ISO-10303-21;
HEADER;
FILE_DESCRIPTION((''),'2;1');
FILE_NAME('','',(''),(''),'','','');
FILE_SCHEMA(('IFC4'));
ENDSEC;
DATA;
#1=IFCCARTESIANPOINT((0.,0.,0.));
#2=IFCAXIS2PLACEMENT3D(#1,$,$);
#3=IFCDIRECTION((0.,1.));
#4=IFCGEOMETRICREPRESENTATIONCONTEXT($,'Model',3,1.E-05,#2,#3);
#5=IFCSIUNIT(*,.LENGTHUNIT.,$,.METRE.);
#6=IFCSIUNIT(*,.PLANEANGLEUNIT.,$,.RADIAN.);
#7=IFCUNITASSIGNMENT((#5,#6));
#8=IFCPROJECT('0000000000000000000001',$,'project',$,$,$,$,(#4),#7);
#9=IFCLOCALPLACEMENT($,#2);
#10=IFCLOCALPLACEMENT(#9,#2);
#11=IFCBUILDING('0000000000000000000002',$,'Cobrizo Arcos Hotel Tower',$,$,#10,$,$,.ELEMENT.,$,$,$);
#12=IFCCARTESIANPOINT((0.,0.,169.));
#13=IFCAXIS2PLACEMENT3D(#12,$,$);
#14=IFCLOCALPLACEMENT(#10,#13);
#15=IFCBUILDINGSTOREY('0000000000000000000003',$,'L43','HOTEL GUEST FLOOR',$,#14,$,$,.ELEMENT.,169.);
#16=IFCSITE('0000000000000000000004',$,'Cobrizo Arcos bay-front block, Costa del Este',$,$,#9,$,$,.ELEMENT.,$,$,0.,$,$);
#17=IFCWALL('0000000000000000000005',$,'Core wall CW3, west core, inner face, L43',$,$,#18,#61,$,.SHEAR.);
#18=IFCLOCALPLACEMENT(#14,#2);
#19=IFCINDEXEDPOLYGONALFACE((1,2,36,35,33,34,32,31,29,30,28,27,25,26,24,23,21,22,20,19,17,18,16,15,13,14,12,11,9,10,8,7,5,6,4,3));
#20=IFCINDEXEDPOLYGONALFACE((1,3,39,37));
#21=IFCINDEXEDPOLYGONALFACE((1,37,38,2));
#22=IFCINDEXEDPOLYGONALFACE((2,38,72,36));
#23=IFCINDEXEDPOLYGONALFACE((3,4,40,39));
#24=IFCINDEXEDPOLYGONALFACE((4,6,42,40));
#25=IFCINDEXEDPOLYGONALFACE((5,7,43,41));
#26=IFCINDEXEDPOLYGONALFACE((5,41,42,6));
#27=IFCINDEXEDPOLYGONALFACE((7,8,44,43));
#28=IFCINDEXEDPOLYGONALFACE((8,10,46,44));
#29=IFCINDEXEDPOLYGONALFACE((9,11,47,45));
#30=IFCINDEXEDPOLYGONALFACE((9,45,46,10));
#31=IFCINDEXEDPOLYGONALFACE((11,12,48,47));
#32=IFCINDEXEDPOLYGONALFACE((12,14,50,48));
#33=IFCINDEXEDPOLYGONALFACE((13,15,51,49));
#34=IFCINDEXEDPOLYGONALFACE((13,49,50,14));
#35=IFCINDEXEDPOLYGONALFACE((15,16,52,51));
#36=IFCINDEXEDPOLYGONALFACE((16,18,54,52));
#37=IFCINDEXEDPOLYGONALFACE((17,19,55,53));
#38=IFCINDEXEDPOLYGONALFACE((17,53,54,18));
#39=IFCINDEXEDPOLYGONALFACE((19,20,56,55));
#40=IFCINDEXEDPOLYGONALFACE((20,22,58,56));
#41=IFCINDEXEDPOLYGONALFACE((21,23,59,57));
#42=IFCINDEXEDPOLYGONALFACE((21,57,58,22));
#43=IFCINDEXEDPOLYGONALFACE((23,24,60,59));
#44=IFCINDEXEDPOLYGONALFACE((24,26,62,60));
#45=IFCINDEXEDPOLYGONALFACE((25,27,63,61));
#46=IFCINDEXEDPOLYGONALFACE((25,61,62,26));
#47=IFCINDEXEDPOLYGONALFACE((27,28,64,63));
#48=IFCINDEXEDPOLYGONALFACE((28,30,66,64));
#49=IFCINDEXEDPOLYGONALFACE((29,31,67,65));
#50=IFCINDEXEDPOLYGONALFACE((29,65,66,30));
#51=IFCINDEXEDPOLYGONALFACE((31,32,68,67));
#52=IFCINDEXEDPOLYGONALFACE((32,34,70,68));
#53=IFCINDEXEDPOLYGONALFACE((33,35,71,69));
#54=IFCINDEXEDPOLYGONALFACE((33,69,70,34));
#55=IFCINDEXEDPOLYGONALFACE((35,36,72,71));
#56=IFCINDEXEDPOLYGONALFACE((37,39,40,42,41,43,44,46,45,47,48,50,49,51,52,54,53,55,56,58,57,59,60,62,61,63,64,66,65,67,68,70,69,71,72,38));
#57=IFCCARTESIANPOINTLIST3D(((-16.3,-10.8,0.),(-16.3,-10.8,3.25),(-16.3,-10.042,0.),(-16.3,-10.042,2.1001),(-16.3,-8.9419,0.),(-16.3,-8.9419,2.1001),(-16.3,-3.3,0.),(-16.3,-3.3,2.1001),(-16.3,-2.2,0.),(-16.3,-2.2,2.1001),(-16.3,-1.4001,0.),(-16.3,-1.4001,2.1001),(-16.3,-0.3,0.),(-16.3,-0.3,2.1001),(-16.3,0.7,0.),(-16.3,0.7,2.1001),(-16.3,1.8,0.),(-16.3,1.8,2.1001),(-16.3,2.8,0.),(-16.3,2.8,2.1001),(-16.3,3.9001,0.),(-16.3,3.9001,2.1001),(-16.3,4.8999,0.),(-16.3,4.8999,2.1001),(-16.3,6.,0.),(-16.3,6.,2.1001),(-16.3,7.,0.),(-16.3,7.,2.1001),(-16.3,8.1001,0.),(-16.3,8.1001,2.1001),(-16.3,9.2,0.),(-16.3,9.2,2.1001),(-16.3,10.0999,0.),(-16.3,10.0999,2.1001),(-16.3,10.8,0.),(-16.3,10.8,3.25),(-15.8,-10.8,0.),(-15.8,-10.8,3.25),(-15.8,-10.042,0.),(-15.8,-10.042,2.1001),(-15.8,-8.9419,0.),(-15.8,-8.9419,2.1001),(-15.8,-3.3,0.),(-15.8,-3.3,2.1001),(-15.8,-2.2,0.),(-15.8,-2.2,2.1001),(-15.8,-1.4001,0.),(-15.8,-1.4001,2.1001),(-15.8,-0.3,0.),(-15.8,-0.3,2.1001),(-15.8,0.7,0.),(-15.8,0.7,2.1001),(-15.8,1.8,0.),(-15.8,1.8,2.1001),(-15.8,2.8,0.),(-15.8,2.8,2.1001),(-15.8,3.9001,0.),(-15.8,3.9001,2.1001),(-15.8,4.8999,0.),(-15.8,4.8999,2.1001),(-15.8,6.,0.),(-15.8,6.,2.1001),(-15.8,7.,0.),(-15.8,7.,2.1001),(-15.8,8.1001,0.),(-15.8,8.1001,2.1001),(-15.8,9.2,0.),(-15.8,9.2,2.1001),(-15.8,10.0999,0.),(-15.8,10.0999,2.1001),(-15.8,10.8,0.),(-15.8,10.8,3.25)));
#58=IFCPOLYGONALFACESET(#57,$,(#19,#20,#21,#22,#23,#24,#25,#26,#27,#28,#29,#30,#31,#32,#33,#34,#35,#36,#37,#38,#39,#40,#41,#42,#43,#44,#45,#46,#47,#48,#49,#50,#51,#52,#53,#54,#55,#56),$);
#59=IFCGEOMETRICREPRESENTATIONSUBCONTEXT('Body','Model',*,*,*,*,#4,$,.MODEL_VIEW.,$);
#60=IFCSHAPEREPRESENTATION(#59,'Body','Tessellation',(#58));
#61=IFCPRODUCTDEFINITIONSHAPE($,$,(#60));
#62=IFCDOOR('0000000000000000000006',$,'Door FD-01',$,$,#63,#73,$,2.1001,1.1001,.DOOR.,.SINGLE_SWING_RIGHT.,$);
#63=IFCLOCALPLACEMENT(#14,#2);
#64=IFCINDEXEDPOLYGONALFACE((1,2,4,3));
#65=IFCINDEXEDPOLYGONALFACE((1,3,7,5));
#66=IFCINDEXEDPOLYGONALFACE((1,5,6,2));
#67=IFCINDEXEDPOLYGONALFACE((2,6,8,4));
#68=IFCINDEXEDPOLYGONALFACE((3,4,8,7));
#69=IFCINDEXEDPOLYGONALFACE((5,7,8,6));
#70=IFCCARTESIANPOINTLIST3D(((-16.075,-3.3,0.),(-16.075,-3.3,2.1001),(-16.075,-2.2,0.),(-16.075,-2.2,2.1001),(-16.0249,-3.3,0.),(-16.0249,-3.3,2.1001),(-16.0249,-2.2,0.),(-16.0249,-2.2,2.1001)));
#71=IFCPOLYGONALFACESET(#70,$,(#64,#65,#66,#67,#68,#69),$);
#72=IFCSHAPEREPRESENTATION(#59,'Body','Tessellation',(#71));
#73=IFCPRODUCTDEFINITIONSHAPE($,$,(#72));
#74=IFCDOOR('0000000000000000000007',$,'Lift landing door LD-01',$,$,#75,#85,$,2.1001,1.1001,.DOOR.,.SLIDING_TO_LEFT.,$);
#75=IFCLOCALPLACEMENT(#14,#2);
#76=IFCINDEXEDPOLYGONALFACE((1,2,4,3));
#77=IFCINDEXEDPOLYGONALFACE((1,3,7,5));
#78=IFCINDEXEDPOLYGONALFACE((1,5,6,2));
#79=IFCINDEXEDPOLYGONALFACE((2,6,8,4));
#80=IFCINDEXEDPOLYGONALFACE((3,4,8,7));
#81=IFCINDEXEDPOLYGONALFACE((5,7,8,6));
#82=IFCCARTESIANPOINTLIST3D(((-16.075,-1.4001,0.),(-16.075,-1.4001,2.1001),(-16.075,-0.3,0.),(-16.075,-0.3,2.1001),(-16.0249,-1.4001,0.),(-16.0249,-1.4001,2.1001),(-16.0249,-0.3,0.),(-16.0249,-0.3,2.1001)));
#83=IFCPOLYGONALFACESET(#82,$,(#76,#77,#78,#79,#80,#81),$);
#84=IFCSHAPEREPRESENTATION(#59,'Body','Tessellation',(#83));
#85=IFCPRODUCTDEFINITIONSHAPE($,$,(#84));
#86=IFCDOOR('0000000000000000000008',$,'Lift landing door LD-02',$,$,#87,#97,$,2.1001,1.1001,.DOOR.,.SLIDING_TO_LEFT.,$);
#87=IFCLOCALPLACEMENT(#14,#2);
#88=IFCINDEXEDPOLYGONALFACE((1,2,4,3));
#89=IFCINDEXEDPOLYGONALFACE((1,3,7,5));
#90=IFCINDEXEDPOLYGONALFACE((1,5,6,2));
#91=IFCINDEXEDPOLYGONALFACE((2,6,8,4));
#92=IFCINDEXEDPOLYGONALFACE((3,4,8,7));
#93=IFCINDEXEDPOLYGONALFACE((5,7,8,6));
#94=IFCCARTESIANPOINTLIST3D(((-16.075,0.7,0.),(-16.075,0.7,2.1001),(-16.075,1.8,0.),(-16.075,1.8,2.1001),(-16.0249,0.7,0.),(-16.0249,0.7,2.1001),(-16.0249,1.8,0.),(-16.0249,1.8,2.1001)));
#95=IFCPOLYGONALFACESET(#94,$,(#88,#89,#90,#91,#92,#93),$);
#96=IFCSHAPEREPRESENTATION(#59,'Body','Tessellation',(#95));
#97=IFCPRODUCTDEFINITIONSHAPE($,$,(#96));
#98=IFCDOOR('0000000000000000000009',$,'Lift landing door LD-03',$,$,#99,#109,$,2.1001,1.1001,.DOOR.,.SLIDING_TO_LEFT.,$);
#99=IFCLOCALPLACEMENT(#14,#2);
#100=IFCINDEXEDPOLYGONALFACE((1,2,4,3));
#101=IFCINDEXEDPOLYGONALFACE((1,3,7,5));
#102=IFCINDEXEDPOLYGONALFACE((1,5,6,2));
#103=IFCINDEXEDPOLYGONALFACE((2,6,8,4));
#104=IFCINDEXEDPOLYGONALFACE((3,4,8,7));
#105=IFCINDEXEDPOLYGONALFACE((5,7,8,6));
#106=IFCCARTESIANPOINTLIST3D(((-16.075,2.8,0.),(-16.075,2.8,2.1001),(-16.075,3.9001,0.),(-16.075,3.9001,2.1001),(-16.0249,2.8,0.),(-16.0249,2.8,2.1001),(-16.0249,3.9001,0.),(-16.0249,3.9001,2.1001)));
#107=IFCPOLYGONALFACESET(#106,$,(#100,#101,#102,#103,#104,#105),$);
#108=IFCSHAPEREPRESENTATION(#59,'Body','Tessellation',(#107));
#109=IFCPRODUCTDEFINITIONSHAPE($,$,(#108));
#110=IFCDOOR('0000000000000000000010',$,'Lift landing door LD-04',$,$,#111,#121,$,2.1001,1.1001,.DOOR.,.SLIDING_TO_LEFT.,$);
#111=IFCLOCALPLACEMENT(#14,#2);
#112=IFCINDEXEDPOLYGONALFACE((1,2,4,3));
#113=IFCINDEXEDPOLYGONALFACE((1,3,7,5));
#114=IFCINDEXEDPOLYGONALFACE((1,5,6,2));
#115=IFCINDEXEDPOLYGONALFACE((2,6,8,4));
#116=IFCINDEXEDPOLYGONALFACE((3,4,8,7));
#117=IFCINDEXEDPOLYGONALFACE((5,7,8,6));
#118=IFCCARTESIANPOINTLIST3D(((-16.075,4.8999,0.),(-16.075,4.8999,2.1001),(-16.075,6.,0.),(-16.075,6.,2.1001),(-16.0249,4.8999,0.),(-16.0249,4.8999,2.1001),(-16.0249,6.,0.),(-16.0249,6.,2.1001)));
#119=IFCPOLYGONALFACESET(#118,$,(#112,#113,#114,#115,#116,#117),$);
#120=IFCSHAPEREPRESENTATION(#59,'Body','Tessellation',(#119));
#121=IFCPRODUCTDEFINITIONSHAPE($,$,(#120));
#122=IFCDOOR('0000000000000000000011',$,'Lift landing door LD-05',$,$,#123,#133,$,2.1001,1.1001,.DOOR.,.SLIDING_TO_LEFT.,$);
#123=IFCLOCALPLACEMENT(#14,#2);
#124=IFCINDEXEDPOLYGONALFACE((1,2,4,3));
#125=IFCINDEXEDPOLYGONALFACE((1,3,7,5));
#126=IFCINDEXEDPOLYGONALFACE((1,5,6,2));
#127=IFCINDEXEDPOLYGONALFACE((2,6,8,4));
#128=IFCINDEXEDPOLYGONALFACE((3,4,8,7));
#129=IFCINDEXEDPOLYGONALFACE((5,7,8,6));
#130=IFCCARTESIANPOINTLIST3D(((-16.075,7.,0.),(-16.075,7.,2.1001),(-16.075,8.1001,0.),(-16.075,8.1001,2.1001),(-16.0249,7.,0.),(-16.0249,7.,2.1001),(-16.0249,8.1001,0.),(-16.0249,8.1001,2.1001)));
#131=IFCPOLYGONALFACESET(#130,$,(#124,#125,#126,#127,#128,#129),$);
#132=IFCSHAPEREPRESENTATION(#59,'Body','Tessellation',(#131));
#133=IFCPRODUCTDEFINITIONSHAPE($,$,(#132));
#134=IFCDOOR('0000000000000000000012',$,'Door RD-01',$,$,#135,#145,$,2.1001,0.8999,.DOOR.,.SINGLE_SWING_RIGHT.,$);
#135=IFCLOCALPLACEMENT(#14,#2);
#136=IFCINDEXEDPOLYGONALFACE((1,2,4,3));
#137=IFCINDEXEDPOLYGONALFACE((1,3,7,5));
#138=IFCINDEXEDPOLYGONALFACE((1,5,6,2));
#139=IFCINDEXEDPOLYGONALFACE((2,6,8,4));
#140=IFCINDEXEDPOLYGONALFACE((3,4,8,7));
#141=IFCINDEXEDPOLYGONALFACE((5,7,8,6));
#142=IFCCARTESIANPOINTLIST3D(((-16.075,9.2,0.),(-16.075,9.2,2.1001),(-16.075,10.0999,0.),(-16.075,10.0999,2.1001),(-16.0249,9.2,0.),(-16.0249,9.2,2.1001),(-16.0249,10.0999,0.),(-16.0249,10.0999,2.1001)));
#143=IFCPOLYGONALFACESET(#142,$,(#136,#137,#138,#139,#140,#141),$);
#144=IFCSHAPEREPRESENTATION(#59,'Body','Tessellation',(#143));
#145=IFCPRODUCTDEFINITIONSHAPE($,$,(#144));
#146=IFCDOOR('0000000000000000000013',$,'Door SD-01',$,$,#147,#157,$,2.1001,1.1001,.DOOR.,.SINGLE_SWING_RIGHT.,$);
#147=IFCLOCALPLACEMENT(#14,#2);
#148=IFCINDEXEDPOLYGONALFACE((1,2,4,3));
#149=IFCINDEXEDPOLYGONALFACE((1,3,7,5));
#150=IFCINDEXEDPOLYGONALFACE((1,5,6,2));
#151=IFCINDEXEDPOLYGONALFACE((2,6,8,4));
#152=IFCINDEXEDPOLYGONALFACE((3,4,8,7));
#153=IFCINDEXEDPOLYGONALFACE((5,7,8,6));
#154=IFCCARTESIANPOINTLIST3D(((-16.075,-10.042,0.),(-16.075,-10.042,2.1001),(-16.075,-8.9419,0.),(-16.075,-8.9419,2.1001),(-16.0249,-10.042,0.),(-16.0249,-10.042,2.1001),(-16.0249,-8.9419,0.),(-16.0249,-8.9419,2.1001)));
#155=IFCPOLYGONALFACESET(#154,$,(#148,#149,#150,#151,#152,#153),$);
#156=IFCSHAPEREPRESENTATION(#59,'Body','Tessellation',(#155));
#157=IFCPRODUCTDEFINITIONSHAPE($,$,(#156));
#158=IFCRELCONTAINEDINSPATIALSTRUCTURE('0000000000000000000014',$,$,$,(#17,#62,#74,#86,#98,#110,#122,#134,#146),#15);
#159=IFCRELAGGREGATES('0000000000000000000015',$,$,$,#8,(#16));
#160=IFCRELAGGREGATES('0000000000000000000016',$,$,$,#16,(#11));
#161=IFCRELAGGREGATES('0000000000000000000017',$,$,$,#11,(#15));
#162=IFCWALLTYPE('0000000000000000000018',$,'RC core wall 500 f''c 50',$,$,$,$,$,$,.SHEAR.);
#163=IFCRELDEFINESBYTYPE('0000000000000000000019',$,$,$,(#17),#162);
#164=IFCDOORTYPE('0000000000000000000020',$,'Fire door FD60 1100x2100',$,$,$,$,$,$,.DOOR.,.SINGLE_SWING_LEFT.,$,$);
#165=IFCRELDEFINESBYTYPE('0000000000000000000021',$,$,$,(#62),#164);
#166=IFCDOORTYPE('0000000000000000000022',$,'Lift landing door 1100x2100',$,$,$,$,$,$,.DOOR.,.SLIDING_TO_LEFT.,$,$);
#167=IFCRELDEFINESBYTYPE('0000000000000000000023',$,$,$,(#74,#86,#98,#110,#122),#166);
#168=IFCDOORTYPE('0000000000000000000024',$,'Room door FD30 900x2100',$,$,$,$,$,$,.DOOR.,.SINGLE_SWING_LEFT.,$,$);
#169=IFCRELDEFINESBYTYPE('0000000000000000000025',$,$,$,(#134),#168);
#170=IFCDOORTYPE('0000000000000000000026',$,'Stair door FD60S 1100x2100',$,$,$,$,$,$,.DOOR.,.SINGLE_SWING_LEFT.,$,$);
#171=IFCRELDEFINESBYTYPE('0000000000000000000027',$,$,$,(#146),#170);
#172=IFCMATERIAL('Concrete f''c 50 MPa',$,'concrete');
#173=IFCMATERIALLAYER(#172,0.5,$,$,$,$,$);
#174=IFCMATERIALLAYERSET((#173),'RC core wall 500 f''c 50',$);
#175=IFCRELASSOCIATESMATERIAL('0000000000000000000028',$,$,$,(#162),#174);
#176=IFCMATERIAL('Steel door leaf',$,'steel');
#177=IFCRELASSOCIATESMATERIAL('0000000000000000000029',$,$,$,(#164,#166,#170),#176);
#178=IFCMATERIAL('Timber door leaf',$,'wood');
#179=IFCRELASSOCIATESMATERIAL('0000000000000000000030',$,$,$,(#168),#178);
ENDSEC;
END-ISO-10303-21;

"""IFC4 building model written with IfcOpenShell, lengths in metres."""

from ifc_helpers import new_model, si_unit, direction, frame, frame_2d, origin, place, context, subcontext, project, spatial, rectangle, extrude, material, layer, layer_set, type_object, element, fill, save


model = new_model("IFC4")

# Units and contexts
model_context = context("Model", 3, precision=1e-05, world=origin(), true_north=direction((0.0, 1.0)))
body_context = subcontext(model_context, "Body", "Model", "MODEL_VIEW")
ifc_project = project(units=[si_unit("LENGTHUNIT", "METRE"), si_unit("PLANEANGLEUNIT", "RADIAN")], contexts=[model_context])

# Site, building, storey
site_placement = place(None, origin())
site = spatial("IfcSite", under=ifc_project, at=site_placement, Name="Cobrizo Arcos bay-front block, Costa del Este", CompositionType="ELEMENT", RefElevation=0.0)
building_placement = place(site_placement, origin())
building = spatial("IfcBuilding", under=site, at=building_placement, Name="Cobrizo Arcos Hotel Tower", CompositionType="ELEMENT")
storey_placement = place(building_placement, frame((0.0, 0.0, 169.0)))
storey = spatial("IfcBuildingStorey", under=building, at=storey_placement, Name="L43", Description="HOTEL GUEST FLOOR", CompositionType="ELEMENT", Elevation=169.0)

# Shared definitions
ifc_material_1 = material(Name="Timber door leaf", Category="wood")

# Wall, openings, doors
ifc_material_2 = material(Name="Concrete f'c 50 MPa", Category="concrete")
ifc_layer_1 = layer(ifc_material_2, 0.5)
ifc_layer_set_1 = layer_set([ifc_layer_1], Name="RC core wall 500 f'c 50")
wall_type_1 = type_object("IfcWallType", Name="RC core wall 500 f'c 50", PredefinedType="SHEAR", material=ifc_layer_set_1)
wall_1_placement = place(storey_placement, frame((-16.05, -10.8, 0.0), z_axis=(0.0, 0.0, 1.0), x_axis=(0.0, 1.0, 0.0)))
wall_1 = element("IfcWall", 1, at=wall_1_placement, inside=storey, type_object=wall_type_1, Name="Core wall CW3, west core, inner face, L43", PredefinedType="SHEAR", context=body_context, shape_type="SweptSolid", body=[
    extrude(rectangle(XDim=21.6001, YDim=0.5, at=frame_2d((10.8, 0.0))), origin(), (0.0, 0.0, 1.0), 3.25),
])
opening_1_placement = place(wall_1_placement, frame((9.3999, 0.0, 0.0)))
opening_1 = element("IfcOpeningElement", 2, at=opening_1_placement, cuts=wall_1, PredefinedType="OPENING", context=body_context, shape_type="SweptSolid", body=[
    extrude(rectangle(XDim=1.1001, YDim=2.1001, at=frame_2d((0.55, 1.05))), frame((0.0, 0.262, 0.0), z_axis=(0.0, -1.0, 0.0), x_axis=(1.0, 0.0, 0.0)), (0.0, 0.0, 1.0), 0.5239),
])
opening_2_placement = place(wall_1_placement, frame((11.5, 0.0, 0.0)))
opening_2 = element("IfcOpeningElement", 3, at=opening_2_placement, cuts=wall_1, PredefinedType="OPENING", context=body_context, shape_type="SweptSolid", body=[
    extrude(rectangle(XDim=1.1001, YDim=2.1001, at=frame_2d((0.55, 1.05))), frame((0.0, 0.262, 0.0), z_axis=(0.0, -1.0, 0.0), x_axis=(1.0, 0.0, 0.0)), (0.0, 0.0, 1.0), 0.5239),
])
opening_3_placement = place(wall_1_placement, frame((13.6001, 0.0, 0.0)))
opening_3 = element("IfcOpeningElement", 4, at=opening_3_placement, cuts=wall_1, PredefinedType="OPENING", context=body_context, shape_type="SweptSolid", body=[
    extrude(rectangle(XDim=1.1001, YDim=2.1001, at=frame_2d((0.55, 1.05))), frame((0.0, 0.262, 0.0), z_axis=(0.0, -1.0, 0.0), x_axis=(1.0, 0.0, 0.0)), (0.0, 0.0, 1.0), 0.5239),
])
opening_4_placement = place(wall_1_placement, frame((15.7, 0.0, 0.0)))
opening_4 = element("IfcOpeningElement", 5, at=opening_4_placement, cuts=wall_1, PredefinedType="OPENING", context=body_context, shape_type="SweptSolid", body=[
    extrude(rectangle(XDim=1.1001, YDim=2.1001, at=frame_2d((0.55, 1.05))), frame((0.0, 0.262, 0.0), z_axis=(0.0, -1.0, 0.0), x_axis=(1.0, 0.0, 0.0)), (0.0, 0.0, 1.0), 0.5239),
])
opening_5_placement = place(wall_1_placement, frame((17.8, 0.0, 0.0)))
opening_5 = element("IfcOpeningElement", 6, at=opening_5_placement, cuts=wall_1, PredefinedType="OPENING", context=body_context, shape_type="SweptSolid", body=[
    extrude(rectangle(XDim=1.1001, YDim=2.1001, at=frame_2d((0.55, 1.05))), frame((0.0, 0.262, 0.0), z_axis=(0.0, -1.0, 0.0), x_axis=(1.0, 0.0, 0.0)), (0.0, 0.0, 1.0), 0.5239),
])
opening_6_placement = place(wall_1_placement, frame((0.7581, 0.0, 0.0)))
opening_6 = element("IfcOpeningElement", 7, at=opening_6_placement, cuts=wall_1, PredefinedType="OPENING", context=body_context, shape_type="SweptSolid", body=[
    extrude(rectangle(XDim=1.1001, YDim=2.1001, at=frame_2d((0.55, 1.05))), frame((0.0, 0.262, 0.0), z_axis=(0.0, -1.0, 0.0), x_axis=(1.0, 0.0, 0.0)), (0.0, 0.0, 1.0), 0.5239),
])
opening_7_placement = place(wall_1_placement, frame((7.5, 0.0, 0.0)))
opening_7 = element("IfcOpeningElement", 8, at=opening_7_placement, cuts=wall_1, PredefinedType="OPENING", context=body_context, shape_type="SweptSolid", body=[
    extrude(rectangle(XDim=1.1001, YDim=2.1001, at=frame_2d((0.55, 1.05))), frame((0.0, 0.262, 0.0), z_axis=(0.0, -1.0, 0.0), x_axis=(1.0, 0.0, 0.0)), (0.0, 0.0, 1.0), 0.5239),
])
opening_8_placement = place(wall_1_placement, frame((20.0, 0.0, 0.0)))
opening_8 = element("IfcOpeningElement", 9, at=opening_8_placement, cuts=wall_1, PredefinedType="OPENING", context=body_context, shape_type="SweptSolid", body=[
    extrude(rectangle(XDim=0.8999, YDim=2.1001, at=frame_2d((0.45, 1.05))), frame((0.0, 0.262, 0.0), z_axis=(0.0, -1.0, 0.0), x_axis=(1.0, 0.0, 0.0)), (0.0, 0.0, 1.0), 0.5239),
])
ifc_material_3 = material(Name="Steel door leaf", Category="steel")
door_type_1 = type_object("IfcDoorType", Name="Fire door FD60 1100x2100", OperationType="SINGLE_SWING_LEFT", PredefinedType="DOOR", material=ifc_material_3)
door_1_placement = place(opening_7_placement, origin())
door_1 = element("IfcDoor", 10, at=door_1_placement, inside=storey, type_object=door_type_1, Name="Door FD-01", OperationType="SINGLE_SWING_RIGHT", OverallHeight=2.1001, OverallWidth=1.1001, PredefinedType="DOOR", context=body_context, shape_type="SweptSolid", body=[
    extrude(rectangle(XDim=1.1001, YDim=2.1001, at=frame_2d((0.55, 1.05))), frame((0.0, 0.0249, 0.0), z_axis=(0.0, -1.0, 0.0), x_axis=(1.0, 0.0, 0.0)), (0.0, 0.0, 1.0), 0.05),
])
fill(opening_7, door_1)
door_type_2 = type_object("IfcDoorType", Name="Lift landing door 1100x2100", OperationType="SLIDING_TO_LEFT", PredefinedType="DOOR", material=ifc_material_3)
door_2_placement = place(opening_1_placement, origin())
door_2 = element("IfcDoor", 11, at=door_2_placement, inside=storey, type_object=door_type_2, Name="Lift landing door LD-01", OperationType="SLIDING_TO_LEFT", OverallHeight=2.1001, OverallWidth=1.1001, PredefinedType="DOOR", context=body_context, shape_type="SweptSolid", body=[
    extrude(rectangle(XDim=1.1001, YDim=2.1001, at=frame_2d((0.55, 1.05))), frame((0.0, 0.0249, 0.0), z_axis=(0.0, -1.0, 0.0), x_axis=(1.0, 0.0, 0.0)), (0.0, 0.0, 1.0), 0.05),
])
fill(opening_1, door_2)
door_3_placement = place(opening_2_placement, origin())
door_3 = element("IfcDoor", 12, at=door_3_placement, inside=storey, type_object=door_type_2, Name="Lift landing door LD-02", OperationType="SLIDING_TO_LEFT", OverallHeight=2.1001, OverallWidth=1.1001, PredefinedType="DOOR", context=body_context, shape_type="SweptSolid", body=[
    extrude(rectangle(XDim=1.1001, YDim=2.1001, at=frame_2d((0.55, 1.05))), frame((0.0, 0.0249, 0.0), z_axis=(0.0, -1.0, 0.0), x_axis=(1.0, 0.0, 0.0)), (0.0, 0.0, 1.0), 0.05),
])
fill(opening_2, door_3)
door_4_placement = place(opening_3_placement, origin())
door_4 = element("IfcDoor", 13, at=door_4_placement, inside=storey, type_object=door_type_2, Name="Lift landing door LD-03", OperationType="SLIDING_TO_LEFT", OverallHeight=2.1001, OverallWidth=1.1001, PredefinedType="DOOR", context=body_context, shape_type="SweptSolid", body=[
    extrude(rectangle(XDim=1.1001, YDim=2.1001, at=frame_2d((0.55, 1.05))), frame((0.0, 0.0249, 0.0), z_axis=(0.0, -1.0, 0.0), x_axis=(1.0, 0.0, 0.0)), (0.0, 0.0, 1.0), 0.05),
])
fill(opening_3, door_4)
door_5_placement = place(opening_4_placement, origin())
door_5 = element("IfcDoor", 14, at=door_5_placement, inside=storey, type_object=door_type_2, Name="Lift landing door LD-04", OperationType="SLIDING_TO_LEFT", OverallHeight=2.1001, OverallWidth=1.1001, PredefinedType="DOOR", context=body_context, shape_type="SweptSolid", body=[
    extrude(rectangle(XDim=1.1001, YDim=2.1001, at=frame_2d((0.55, 1.05))), frame((0.0, 0.0249, 0.0), z_axis=(0.0, -1.0, 0.0), x_axis=(1.0, 0.0, 0.0)), (0.0, 0.0, 1.0), 0.05),
])
fill(opening_4, door_5)
door_6_placement = place(opening_5_placement, origin())
door_6 = element("IfcDoor", 15, at=door_6_placement, inside=storey, type_object=door_type_2, Name="Lift landing door LD-05", OperationType="SLIDING_TO_LEFT", OverallHeight=2.1001, OverallWidth=1.1001, PredefinedType="DOOR", context=body_context, shape_type="SweptSolid", body=[
    extrude(rectangle(XDim=1.1001, YDim=2.1001, at=frame_2d((0.55, 1.05))), frame((0.0, 0.0249, 0.0), z_axis=(0.0, -1.0, 0.0), x_axis=(1.0, 0.0, 0.0)), (0.0, 0.0, 1.0), 0.05),
])
fill(opening_5, door_6)
door_type_3 = type_object("IfcDoorType", Name="Room door FD30 900x2100", OperationType="SINGLE_SWING_LEFT", PredefinedType="DOOR", material=ifc_material_1)
door_7_placement = place(opening_8_placement, origin())
door_7 = element("IfcDoor", 16, at=door_7_placement, inside=storey, type_object=door_type_3, Name="Door RD-01", OperationType="SINGLE_SWING_RIGHT", OverallHeight=2.1001, OverallWidth=0.8999, PredefinedType="DOOR", context=body_context, shape_type="SweptSolid", body=[
    extrude(rectangle(XDim=0.8999, YDim=2.1001, at=frame_2d((0.45, 1.05))), frame((0.0, 0.0249, 0.0), z_axis=(0.0, -1.0, 0.0), x_axis=(1.0, 0.0, 0.0)), (0.0, 0.0, 1.0), 0.05),
])
fill(opening_8, door_7)
door_type_4 = type_object("IfcDoorType", Name="Stair door FD60S 1100x2100", OperationType="SINGLE_SWING_LEFT", PredefinedType="DOOR", material=ifc_material_3)
door_8_placement = place(opening_6_placement, origin())
door_8 = element("IfcDoor", 17, at=door_8_placement, inside=storey, type_object=door_type_4, Name="Door SD-01", OperationType="SINGLE_SWING_RIGHT", OverallHeight=2.1001, OverallWidth=1.1001, PredefinedType="DOOR", context=body_context, shape_type="SweptSolid", body=[
    extrude(rectangle(XDim=1.1001, YDim=2.1001, at=frame_2d((0.55, 1.05))), frame((0.0, 0.0249, 0.0), z_axis=(0.0, -1.0, 0.0), x_axis=(1.0, 0.0, 0.0)), (0.0, 0.0, 1.0), 0.05),
])
fill(opening_6, door_8)

save(model, "model.ifc")
